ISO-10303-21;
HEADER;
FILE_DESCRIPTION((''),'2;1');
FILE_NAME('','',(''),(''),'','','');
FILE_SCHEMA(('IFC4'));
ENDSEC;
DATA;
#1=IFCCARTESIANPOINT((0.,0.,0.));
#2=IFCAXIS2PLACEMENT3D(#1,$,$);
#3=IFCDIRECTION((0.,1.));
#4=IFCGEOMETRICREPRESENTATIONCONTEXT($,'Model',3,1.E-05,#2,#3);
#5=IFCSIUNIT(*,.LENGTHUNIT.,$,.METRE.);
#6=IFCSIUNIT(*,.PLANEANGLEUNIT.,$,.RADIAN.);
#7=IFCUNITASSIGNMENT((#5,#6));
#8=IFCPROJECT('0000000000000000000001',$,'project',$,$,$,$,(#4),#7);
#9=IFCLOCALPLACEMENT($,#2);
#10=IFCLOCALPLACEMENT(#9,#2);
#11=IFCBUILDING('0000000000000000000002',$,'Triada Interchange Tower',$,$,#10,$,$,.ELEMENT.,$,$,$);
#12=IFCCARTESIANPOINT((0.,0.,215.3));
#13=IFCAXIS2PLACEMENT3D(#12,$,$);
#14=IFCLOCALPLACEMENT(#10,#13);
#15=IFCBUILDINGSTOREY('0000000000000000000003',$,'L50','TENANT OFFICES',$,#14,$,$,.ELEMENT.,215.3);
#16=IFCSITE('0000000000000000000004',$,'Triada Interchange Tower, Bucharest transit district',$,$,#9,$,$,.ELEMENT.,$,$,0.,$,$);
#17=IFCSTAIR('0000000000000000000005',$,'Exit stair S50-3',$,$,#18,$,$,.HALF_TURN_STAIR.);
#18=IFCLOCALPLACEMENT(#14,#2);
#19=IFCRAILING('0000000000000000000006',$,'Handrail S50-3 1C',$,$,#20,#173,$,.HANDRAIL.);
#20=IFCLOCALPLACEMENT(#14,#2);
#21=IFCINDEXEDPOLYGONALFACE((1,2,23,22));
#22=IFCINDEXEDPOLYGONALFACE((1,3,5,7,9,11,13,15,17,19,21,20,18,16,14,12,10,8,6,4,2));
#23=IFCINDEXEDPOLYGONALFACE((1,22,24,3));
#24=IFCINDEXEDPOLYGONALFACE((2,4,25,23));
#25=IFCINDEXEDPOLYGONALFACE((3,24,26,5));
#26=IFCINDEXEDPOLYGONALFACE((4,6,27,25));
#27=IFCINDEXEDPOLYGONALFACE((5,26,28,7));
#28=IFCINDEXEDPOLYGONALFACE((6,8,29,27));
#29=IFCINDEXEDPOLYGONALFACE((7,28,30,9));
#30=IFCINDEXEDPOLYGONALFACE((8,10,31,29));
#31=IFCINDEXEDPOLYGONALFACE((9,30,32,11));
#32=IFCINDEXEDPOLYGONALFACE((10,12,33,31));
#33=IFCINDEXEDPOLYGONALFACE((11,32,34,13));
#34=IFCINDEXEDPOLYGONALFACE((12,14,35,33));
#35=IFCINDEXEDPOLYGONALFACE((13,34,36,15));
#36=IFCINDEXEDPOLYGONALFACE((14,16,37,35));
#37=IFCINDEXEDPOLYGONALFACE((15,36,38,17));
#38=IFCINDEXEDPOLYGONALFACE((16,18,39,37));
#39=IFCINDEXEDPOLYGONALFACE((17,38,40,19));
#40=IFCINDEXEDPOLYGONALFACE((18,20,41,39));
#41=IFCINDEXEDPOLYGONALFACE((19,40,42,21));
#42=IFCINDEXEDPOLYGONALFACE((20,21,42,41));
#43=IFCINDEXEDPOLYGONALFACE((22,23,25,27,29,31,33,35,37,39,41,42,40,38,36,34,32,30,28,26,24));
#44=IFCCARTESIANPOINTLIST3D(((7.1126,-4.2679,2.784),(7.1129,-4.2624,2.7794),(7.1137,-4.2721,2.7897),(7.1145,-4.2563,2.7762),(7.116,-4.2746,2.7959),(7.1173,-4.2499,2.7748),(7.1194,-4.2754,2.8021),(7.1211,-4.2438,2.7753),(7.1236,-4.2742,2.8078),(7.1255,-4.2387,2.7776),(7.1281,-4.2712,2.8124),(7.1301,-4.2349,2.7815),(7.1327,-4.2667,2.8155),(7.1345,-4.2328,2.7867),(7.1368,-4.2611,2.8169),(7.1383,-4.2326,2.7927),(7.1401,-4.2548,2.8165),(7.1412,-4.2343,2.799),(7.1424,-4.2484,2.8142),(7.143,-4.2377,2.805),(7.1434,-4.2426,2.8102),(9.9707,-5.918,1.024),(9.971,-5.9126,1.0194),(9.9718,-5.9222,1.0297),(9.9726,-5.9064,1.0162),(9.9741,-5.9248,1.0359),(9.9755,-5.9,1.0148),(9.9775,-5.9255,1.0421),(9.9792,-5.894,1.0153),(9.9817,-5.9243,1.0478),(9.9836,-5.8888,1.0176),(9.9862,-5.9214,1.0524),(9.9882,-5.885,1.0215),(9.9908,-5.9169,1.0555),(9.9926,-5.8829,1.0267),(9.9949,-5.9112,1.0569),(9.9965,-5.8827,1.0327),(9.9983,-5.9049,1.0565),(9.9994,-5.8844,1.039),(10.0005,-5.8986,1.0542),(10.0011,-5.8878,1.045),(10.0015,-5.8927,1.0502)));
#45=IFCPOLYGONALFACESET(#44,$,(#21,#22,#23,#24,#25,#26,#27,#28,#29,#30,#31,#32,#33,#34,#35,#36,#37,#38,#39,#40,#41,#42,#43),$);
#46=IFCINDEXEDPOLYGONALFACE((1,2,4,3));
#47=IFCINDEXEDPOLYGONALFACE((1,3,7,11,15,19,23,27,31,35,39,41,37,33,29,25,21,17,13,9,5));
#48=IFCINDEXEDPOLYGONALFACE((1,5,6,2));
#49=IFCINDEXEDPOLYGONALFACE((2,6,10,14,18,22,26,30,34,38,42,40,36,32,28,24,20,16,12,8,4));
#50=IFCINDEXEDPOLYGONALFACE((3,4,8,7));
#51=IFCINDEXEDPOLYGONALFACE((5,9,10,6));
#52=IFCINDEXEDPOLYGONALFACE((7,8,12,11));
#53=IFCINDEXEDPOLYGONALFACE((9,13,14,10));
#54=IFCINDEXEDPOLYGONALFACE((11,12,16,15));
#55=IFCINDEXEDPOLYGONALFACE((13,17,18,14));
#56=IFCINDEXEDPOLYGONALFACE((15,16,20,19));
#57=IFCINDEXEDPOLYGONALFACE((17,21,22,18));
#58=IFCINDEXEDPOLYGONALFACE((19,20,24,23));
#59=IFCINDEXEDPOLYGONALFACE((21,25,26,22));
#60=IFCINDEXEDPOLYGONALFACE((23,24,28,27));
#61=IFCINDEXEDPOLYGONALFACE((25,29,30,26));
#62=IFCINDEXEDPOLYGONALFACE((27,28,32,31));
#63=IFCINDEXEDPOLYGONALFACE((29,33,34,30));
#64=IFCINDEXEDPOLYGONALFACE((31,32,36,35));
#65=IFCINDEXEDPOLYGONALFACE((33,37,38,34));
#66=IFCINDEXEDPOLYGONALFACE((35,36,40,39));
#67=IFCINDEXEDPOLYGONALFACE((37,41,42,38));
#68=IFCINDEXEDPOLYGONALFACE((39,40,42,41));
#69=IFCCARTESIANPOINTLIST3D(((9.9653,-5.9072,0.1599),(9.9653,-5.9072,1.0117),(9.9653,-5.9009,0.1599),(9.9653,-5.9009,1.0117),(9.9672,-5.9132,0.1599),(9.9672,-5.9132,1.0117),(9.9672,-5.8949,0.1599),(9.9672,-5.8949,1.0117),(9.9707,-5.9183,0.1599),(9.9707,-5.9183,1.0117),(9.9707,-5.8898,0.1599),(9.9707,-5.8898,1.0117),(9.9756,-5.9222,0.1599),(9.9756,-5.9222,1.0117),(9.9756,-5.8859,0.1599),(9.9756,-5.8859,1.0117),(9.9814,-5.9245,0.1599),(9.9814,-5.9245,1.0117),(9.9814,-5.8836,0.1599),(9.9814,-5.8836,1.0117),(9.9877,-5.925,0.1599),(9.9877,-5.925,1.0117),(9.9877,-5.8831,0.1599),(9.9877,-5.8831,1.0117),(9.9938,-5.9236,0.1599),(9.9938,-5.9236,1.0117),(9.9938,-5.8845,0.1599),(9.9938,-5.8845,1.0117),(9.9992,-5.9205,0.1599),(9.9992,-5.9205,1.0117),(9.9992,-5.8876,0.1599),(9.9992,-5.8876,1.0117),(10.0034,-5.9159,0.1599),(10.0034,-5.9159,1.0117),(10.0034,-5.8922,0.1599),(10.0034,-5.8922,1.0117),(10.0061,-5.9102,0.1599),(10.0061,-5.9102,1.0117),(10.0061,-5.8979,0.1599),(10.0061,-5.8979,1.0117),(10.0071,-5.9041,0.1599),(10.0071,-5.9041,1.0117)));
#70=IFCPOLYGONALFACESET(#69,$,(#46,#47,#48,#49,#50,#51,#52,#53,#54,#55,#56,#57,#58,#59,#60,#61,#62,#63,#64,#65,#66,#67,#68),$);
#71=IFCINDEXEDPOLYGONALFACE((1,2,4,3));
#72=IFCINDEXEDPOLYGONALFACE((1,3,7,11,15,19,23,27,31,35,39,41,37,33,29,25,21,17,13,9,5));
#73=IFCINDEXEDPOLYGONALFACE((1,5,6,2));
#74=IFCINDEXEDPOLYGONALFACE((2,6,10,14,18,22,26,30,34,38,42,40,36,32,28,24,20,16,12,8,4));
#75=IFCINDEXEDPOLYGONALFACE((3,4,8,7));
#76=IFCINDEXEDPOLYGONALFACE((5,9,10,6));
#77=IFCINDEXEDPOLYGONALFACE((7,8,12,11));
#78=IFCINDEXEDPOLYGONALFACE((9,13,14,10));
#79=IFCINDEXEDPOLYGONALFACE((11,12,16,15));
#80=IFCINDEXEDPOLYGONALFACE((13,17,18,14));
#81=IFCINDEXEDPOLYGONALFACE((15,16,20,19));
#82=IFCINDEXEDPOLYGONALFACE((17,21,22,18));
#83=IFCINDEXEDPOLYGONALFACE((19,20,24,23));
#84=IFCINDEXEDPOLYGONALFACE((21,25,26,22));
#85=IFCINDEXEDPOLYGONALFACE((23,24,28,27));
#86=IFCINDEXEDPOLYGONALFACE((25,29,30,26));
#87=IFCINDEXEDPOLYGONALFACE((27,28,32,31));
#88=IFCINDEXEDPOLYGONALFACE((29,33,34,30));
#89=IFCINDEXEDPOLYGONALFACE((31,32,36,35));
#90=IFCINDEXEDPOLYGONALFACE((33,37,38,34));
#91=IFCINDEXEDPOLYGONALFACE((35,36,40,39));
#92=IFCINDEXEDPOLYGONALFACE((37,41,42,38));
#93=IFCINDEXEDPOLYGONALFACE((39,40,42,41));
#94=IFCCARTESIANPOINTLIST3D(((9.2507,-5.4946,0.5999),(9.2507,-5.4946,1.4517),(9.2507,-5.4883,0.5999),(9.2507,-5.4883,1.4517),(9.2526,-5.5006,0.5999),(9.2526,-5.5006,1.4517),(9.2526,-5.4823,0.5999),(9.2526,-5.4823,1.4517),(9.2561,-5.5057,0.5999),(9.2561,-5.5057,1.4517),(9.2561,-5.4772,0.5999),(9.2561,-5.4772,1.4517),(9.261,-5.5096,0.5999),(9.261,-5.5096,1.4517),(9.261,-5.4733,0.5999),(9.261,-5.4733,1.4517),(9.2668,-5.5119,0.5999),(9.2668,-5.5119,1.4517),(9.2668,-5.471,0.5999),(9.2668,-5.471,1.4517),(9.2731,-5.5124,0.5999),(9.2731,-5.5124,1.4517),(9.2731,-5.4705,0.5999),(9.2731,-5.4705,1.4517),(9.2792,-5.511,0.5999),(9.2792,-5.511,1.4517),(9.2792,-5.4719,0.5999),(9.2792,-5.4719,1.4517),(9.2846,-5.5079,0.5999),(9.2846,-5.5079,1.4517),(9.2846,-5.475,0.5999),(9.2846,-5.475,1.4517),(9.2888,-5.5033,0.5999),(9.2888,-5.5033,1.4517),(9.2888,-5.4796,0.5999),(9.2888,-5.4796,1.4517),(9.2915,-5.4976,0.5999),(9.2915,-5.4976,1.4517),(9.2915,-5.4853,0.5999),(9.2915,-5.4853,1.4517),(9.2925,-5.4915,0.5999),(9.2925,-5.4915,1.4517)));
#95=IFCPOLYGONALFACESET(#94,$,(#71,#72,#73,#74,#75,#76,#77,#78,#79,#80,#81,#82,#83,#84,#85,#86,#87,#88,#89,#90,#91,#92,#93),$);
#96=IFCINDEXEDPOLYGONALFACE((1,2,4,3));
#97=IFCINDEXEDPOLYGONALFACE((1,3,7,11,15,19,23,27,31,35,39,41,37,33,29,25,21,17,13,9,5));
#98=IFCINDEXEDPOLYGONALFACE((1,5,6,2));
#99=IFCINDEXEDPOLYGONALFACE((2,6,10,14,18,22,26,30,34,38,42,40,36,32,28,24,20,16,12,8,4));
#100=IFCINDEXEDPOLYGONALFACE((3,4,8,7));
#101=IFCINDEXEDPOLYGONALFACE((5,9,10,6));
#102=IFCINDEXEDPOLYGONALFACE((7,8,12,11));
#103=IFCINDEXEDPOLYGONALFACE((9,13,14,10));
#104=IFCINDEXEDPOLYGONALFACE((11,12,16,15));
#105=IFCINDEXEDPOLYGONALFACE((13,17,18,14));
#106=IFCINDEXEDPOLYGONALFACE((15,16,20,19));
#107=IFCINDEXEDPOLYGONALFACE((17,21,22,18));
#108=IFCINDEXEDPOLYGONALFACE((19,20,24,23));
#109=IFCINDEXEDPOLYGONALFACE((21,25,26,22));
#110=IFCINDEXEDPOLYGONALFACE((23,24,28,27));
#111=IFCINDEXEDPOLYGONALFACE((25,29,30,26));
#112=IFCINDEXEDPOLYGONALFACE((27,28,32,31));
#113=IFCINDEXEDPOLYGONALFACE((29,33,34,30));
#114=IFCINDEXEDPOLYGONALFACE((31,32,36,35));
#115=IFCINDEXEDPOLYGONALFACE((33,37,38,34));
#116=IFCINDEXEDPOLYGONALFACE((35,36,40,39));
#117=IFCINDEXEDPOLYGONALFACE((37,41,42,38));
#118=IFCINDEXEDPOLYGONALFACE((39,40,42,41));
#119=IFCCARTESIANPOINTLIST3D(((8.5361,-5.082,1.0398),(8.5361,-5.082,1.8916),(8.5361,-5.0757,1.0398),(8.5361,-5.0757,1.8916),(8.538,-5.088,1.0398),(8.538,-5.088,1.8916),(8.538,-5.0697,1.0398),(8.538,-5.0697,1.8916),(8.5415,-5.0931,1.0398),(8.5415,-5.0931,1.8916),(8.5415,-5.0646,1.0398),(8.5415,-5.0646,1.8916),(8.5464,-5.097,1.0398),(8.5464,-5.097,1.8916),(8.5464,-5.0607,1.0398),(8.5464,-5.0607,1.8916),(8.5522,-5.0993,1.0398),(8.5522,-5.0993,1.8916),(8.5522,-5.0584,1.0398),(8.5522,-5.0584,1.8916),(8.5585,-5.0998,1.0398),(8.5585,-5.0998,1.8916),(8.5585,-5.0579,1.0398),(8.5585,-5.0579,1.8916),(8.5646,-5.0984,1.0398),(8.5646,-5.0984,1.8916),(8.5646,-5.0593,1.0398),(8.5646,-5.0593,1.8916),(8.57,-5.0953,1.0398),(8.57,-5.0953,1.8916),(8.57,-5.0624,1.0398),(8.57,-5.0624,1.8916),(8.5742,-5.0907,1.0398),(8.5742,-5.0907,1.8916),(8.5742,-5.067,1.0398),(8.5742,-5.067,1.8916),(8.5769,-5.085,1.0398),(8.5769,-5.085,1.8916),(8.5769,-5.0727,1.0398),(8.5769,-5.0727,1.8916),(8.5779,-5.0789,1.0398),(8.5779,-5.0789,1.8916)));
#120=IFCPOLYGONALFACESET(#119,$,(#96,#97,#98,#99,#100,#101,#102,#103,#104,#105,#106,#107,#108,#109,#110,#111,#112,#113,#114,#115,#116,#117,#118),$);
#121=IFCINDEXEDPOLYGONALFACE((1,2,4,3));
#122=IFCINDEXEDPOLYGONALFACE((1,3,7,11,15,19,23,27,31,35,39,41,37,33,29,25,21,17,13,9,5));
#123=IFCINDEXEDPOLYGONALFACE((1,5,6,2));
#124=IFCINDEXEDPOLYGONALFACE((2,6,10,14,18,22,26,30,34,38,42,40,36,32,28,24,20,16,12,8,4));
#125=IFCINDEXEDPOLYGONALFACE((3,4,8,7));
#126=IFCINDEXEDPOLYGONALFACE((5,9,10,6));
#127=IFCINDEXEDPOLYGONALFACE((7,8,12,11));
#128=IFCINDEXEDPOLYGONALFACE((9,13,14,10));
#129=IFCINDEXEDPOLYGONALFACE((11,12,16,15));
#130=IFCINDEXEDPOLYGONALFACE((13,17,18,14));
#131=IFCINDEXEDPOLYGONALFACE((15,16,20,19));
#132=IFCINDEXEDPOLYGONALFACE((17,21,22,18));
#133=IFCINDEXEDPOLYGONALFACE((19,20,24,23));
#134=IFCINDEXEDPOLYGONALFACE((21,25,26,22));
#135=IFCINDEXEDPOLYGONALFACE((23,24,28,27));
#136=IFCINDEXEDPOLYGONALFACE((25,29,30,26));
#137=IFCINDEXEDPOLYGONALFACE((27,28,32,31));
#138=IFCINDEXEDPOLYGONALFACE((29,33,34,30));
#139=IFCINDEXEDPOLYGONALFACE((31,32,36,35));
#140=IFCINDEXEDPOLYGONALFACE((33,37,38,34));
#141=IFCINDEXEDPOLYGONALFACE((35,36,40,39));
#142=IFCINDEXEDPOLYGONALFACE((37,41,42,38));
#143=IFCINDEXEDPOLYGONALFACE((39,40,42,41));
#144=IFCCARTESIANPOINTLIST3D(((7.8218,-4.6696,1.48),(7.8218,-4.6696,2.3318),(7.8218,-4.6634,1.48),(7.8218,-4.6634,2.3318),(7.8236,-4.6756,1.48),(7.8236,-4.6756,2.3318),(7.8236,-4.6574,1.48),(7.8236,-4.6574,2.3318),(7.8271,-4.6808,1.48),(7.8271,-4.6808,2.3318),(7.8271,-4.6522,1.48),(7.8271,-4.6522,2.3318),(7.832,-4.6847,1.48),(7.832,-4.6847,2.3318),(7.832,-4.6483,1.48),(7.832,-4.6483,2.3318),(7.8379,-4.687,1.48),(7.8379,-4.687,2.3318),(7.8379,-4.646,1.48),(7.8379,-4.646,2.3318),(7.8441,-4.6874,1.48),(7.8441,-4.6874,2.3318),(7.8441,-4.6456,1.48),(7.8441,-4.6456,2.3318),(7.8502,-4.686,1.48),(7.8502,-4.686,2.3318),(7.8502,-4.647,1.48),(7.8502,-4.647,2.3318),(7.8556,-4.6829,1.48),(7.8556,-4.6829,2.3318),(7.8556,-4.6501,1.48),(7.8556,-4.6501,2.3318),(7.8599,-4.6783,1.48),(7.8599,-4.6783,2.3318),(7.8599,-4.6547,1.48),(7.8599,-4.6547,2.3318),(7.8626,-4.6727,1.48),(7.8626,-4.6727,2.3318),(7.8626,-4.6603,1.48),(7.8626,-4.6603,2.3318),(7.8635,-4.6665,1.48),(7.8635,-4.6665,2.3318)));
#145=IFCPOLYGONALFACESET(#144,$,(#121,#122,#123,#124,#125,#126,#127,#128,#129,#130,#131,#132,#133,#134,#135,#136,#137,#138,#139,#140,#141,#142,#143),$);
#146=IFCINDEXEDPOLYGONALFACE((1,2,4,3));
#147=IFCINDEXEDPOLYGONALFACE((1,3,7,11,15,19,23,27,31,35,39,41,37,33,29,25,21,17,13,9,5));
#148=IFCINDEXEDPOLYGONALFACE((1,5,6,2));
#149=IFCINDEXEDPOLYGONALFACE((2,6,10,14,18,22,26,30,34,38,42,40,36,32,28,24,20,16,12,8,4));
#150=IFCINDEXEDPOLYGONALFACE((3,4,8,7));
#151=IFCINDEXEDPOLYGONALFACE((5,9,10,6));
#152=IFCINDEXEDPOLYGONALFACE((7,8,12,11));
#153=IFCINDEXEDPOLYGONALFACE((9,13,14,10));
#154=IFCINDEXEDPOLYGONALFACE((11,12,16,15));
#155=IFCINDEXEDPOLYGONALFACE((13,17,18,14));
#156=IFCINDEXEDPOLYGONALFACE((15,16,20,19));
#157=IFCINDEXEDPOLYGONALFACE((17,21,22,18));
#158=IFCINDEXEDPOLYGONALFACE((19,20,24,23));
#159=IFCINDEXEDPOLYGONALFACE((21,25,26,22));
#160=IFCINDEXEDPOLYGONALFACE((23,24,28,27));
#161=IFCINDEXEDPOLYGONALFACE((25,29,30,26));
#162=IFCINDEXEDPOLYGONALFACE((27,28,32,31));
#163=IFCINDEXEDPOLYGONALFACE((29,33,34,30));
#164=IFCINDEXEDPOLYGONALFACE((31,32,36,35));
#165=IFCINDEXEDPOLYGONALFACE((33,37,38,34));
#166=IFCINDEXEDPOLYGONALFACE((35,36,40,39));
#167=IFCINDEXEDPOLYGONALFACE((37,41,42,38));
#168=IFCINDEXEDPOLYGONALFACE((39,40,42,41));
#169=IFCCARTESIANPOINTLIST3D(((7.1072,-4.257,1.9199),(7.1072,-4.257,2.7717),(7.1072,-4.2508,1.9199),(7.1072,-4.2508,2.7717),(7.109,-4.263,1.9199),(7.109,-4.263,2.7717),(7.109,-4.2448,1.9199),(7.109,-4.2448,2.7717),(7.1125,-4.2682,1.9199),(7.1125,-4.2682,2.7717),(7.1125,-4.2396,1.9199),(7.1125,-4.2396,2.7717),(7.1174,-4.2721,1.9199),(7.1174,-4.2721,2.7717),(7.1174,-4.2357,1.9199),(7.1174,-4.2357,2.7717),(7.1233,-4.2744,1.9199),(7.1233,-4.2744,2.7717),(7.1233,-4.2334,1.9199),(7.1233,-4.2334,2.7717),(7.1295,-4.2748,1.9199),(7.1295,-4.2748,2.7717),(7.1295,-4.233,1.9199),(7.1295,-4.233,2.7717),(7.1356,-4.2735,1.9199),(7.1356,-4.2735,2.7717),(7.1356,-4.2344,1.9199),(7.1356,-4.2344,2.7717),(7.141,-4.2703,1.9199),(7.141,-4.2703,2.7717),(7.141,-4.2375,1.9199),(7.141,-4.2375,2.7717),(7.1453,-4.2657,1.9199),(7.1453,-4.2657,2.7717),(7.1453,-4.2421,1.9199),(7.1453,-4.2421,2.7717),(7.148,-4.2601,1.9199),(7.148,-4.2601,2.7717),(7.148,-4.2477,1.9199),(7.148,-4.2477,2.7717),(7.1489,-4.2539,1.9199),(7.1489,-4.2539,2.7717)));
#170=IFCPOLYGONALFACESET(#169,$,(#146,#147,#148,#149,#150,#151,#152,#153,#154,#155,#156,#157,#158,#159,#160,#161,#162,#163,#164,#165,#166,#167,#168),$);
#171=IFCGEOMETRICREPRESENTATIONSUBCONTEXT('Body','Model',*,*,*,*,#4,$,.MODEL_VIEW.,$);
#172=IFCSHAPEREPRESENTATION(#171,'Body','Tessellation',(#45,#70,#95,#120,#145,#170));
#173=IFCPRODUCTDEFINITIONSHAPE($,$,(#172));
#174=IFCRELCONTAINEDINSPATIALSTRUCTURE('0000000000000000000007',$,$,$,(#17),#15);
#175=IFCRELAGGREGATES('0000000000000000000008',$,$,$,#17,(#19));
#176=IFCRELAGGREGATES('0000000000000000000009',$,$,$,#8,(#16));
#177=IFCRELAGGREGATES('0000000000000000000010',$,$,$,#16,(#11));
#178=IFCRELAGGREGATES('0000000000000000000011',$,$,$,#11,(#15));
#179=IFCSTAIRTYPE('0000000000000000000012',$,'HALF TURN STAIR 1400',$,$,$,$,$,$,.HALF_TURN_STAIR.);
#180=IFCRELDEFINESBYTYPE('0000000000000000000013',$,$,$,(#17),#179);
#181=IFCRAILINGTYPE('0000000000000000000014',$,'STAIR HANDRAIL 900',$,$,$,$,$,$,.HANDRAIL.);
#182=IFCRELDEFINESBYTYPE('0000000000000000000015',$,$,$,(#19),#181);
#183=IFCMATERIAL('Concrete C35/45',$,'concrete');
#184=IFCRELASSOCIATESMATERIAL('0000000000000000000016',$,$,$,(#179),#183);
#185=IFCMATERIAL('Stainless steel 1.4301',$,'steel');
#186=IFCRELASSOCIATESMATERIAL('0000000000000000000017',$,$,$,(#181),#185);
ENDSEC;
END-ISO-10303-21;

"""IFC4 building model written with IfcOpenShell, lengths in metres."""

from ifc_helpers import new_model, si_unit, direction, frame, origin, origin_2d, place, context, subcontext, project, spatial, circle, extrude, material, type_object, element, aggregate, save


model = new_model("IFC4")

# Units and contexts
model_context = context("Model", 3, precision=1e-05, world=origin(), true_north=direction((0.0, 1.0)))
body_context = subcontext(model_context, "Body", "Model", "MODEL_VIEW")
ifc_project = project(units=[si_unit("LENGTHUNIT", "METRE"), si_unit("PLANEANGLEUNIT", "RADIAN")], contexts=[model_context])

# Site, building, storey
site_placement = place(None, origin())
site = spatial("IfcSite", under=ifc_project, at=site_placement, Name="Triada Interchange Tower, Bucharest transit district", CompositionType="ELEMENT", RefElevation=0.0)
building_placement = place(site_placement, origin())
building = spatial("IfcBuilding", under=site, at=building_placement, Name="Triada Interchange Tower", CompositionType="ELEMENT")
storey_placement = place(building_placement, frame((0.0, 0.0, 215.3)))
storey = spatial("IfcBuildingStorey", under=building, at=storey_placement, Name="L50", Description="TENANT OFFICES", CompositionType="ELEMENT", Elevation=215.3)

# Stair, railing
ifc_material_1 = material(Name="Concrete C35/45", Category="concrete")
stair_type = type_object("IfcStairType", Name="HALF TURN STAIR 1400", PredefinedType="HALF_TURN_STAIR", material=ifc_material_1)
stair_placement = place(storey_placement, origin())
stair = element("IfcStair", 1, at=stair_placement, inside=storey, type_object=stair_type, Name="Exit stair S50-3", PredefinedType="HALF_TURN_STAIR")
ifc_material_2 = material(Name="Stainless steel 1.4301", Category="steel")
railing_type = type_object("IfcRailingType", Name="STAIR HANDRAIL 900", PredefinedType="HANDRAIL", material=ifc_material_2)
railing_1_placement = place(storey_placement, frame((9.9861, -5.9041, 0.1599)))
railing_1 = element("IfcRailing", 2, at=railing_1_placement, type_object=railing_type, Name="Handrail S50-3 1C", PredefinedType="HANDRAIL", context=body_context, shape_type="SweptSolid", body=[
    extrude(circle(Radius=0.0239, at=origin_2d()), frame((0.0, 0.0, 0.876), z_axis=(-0.764156, 0.441183, 0.470556), x_axis=(-0.499998, -0.866027, 0.0)), (0.0, 0.0, 1.0), 3.7402),
    extrude(circle(Radius=0.021, at=origin_2d()), origin(), (0.0, 0.0, 1.0), 0.8518),
    extrude(circle(Radius=0.021, at=origin_2d()), frame((-0.7146, 0.4126, 0.4399)), (0.0, 0.0, 1.0), 0.8518),
    extrude(circle(Radius=0.021, at=origin_2d()), frame((-1.4292, 0.8252, 0.8799)), (0.0, 0.0, 1.0), 0.8518),
    extrude(circle(Radius=0.021, at=origin_2d()), frame((-2.1436, 1.2375, 1.3201)), (0.0, 0.0, 1.0), 0.8518),
    extrude(circle(Radius=0.021, at=origin_2d()), frame((-2.8582, 1.6501, 1.76)), (0.0, 0.0, 1.0), 0.8518),
])
aggregate(stair, [railing_1])

save(model, "model.ifc")
